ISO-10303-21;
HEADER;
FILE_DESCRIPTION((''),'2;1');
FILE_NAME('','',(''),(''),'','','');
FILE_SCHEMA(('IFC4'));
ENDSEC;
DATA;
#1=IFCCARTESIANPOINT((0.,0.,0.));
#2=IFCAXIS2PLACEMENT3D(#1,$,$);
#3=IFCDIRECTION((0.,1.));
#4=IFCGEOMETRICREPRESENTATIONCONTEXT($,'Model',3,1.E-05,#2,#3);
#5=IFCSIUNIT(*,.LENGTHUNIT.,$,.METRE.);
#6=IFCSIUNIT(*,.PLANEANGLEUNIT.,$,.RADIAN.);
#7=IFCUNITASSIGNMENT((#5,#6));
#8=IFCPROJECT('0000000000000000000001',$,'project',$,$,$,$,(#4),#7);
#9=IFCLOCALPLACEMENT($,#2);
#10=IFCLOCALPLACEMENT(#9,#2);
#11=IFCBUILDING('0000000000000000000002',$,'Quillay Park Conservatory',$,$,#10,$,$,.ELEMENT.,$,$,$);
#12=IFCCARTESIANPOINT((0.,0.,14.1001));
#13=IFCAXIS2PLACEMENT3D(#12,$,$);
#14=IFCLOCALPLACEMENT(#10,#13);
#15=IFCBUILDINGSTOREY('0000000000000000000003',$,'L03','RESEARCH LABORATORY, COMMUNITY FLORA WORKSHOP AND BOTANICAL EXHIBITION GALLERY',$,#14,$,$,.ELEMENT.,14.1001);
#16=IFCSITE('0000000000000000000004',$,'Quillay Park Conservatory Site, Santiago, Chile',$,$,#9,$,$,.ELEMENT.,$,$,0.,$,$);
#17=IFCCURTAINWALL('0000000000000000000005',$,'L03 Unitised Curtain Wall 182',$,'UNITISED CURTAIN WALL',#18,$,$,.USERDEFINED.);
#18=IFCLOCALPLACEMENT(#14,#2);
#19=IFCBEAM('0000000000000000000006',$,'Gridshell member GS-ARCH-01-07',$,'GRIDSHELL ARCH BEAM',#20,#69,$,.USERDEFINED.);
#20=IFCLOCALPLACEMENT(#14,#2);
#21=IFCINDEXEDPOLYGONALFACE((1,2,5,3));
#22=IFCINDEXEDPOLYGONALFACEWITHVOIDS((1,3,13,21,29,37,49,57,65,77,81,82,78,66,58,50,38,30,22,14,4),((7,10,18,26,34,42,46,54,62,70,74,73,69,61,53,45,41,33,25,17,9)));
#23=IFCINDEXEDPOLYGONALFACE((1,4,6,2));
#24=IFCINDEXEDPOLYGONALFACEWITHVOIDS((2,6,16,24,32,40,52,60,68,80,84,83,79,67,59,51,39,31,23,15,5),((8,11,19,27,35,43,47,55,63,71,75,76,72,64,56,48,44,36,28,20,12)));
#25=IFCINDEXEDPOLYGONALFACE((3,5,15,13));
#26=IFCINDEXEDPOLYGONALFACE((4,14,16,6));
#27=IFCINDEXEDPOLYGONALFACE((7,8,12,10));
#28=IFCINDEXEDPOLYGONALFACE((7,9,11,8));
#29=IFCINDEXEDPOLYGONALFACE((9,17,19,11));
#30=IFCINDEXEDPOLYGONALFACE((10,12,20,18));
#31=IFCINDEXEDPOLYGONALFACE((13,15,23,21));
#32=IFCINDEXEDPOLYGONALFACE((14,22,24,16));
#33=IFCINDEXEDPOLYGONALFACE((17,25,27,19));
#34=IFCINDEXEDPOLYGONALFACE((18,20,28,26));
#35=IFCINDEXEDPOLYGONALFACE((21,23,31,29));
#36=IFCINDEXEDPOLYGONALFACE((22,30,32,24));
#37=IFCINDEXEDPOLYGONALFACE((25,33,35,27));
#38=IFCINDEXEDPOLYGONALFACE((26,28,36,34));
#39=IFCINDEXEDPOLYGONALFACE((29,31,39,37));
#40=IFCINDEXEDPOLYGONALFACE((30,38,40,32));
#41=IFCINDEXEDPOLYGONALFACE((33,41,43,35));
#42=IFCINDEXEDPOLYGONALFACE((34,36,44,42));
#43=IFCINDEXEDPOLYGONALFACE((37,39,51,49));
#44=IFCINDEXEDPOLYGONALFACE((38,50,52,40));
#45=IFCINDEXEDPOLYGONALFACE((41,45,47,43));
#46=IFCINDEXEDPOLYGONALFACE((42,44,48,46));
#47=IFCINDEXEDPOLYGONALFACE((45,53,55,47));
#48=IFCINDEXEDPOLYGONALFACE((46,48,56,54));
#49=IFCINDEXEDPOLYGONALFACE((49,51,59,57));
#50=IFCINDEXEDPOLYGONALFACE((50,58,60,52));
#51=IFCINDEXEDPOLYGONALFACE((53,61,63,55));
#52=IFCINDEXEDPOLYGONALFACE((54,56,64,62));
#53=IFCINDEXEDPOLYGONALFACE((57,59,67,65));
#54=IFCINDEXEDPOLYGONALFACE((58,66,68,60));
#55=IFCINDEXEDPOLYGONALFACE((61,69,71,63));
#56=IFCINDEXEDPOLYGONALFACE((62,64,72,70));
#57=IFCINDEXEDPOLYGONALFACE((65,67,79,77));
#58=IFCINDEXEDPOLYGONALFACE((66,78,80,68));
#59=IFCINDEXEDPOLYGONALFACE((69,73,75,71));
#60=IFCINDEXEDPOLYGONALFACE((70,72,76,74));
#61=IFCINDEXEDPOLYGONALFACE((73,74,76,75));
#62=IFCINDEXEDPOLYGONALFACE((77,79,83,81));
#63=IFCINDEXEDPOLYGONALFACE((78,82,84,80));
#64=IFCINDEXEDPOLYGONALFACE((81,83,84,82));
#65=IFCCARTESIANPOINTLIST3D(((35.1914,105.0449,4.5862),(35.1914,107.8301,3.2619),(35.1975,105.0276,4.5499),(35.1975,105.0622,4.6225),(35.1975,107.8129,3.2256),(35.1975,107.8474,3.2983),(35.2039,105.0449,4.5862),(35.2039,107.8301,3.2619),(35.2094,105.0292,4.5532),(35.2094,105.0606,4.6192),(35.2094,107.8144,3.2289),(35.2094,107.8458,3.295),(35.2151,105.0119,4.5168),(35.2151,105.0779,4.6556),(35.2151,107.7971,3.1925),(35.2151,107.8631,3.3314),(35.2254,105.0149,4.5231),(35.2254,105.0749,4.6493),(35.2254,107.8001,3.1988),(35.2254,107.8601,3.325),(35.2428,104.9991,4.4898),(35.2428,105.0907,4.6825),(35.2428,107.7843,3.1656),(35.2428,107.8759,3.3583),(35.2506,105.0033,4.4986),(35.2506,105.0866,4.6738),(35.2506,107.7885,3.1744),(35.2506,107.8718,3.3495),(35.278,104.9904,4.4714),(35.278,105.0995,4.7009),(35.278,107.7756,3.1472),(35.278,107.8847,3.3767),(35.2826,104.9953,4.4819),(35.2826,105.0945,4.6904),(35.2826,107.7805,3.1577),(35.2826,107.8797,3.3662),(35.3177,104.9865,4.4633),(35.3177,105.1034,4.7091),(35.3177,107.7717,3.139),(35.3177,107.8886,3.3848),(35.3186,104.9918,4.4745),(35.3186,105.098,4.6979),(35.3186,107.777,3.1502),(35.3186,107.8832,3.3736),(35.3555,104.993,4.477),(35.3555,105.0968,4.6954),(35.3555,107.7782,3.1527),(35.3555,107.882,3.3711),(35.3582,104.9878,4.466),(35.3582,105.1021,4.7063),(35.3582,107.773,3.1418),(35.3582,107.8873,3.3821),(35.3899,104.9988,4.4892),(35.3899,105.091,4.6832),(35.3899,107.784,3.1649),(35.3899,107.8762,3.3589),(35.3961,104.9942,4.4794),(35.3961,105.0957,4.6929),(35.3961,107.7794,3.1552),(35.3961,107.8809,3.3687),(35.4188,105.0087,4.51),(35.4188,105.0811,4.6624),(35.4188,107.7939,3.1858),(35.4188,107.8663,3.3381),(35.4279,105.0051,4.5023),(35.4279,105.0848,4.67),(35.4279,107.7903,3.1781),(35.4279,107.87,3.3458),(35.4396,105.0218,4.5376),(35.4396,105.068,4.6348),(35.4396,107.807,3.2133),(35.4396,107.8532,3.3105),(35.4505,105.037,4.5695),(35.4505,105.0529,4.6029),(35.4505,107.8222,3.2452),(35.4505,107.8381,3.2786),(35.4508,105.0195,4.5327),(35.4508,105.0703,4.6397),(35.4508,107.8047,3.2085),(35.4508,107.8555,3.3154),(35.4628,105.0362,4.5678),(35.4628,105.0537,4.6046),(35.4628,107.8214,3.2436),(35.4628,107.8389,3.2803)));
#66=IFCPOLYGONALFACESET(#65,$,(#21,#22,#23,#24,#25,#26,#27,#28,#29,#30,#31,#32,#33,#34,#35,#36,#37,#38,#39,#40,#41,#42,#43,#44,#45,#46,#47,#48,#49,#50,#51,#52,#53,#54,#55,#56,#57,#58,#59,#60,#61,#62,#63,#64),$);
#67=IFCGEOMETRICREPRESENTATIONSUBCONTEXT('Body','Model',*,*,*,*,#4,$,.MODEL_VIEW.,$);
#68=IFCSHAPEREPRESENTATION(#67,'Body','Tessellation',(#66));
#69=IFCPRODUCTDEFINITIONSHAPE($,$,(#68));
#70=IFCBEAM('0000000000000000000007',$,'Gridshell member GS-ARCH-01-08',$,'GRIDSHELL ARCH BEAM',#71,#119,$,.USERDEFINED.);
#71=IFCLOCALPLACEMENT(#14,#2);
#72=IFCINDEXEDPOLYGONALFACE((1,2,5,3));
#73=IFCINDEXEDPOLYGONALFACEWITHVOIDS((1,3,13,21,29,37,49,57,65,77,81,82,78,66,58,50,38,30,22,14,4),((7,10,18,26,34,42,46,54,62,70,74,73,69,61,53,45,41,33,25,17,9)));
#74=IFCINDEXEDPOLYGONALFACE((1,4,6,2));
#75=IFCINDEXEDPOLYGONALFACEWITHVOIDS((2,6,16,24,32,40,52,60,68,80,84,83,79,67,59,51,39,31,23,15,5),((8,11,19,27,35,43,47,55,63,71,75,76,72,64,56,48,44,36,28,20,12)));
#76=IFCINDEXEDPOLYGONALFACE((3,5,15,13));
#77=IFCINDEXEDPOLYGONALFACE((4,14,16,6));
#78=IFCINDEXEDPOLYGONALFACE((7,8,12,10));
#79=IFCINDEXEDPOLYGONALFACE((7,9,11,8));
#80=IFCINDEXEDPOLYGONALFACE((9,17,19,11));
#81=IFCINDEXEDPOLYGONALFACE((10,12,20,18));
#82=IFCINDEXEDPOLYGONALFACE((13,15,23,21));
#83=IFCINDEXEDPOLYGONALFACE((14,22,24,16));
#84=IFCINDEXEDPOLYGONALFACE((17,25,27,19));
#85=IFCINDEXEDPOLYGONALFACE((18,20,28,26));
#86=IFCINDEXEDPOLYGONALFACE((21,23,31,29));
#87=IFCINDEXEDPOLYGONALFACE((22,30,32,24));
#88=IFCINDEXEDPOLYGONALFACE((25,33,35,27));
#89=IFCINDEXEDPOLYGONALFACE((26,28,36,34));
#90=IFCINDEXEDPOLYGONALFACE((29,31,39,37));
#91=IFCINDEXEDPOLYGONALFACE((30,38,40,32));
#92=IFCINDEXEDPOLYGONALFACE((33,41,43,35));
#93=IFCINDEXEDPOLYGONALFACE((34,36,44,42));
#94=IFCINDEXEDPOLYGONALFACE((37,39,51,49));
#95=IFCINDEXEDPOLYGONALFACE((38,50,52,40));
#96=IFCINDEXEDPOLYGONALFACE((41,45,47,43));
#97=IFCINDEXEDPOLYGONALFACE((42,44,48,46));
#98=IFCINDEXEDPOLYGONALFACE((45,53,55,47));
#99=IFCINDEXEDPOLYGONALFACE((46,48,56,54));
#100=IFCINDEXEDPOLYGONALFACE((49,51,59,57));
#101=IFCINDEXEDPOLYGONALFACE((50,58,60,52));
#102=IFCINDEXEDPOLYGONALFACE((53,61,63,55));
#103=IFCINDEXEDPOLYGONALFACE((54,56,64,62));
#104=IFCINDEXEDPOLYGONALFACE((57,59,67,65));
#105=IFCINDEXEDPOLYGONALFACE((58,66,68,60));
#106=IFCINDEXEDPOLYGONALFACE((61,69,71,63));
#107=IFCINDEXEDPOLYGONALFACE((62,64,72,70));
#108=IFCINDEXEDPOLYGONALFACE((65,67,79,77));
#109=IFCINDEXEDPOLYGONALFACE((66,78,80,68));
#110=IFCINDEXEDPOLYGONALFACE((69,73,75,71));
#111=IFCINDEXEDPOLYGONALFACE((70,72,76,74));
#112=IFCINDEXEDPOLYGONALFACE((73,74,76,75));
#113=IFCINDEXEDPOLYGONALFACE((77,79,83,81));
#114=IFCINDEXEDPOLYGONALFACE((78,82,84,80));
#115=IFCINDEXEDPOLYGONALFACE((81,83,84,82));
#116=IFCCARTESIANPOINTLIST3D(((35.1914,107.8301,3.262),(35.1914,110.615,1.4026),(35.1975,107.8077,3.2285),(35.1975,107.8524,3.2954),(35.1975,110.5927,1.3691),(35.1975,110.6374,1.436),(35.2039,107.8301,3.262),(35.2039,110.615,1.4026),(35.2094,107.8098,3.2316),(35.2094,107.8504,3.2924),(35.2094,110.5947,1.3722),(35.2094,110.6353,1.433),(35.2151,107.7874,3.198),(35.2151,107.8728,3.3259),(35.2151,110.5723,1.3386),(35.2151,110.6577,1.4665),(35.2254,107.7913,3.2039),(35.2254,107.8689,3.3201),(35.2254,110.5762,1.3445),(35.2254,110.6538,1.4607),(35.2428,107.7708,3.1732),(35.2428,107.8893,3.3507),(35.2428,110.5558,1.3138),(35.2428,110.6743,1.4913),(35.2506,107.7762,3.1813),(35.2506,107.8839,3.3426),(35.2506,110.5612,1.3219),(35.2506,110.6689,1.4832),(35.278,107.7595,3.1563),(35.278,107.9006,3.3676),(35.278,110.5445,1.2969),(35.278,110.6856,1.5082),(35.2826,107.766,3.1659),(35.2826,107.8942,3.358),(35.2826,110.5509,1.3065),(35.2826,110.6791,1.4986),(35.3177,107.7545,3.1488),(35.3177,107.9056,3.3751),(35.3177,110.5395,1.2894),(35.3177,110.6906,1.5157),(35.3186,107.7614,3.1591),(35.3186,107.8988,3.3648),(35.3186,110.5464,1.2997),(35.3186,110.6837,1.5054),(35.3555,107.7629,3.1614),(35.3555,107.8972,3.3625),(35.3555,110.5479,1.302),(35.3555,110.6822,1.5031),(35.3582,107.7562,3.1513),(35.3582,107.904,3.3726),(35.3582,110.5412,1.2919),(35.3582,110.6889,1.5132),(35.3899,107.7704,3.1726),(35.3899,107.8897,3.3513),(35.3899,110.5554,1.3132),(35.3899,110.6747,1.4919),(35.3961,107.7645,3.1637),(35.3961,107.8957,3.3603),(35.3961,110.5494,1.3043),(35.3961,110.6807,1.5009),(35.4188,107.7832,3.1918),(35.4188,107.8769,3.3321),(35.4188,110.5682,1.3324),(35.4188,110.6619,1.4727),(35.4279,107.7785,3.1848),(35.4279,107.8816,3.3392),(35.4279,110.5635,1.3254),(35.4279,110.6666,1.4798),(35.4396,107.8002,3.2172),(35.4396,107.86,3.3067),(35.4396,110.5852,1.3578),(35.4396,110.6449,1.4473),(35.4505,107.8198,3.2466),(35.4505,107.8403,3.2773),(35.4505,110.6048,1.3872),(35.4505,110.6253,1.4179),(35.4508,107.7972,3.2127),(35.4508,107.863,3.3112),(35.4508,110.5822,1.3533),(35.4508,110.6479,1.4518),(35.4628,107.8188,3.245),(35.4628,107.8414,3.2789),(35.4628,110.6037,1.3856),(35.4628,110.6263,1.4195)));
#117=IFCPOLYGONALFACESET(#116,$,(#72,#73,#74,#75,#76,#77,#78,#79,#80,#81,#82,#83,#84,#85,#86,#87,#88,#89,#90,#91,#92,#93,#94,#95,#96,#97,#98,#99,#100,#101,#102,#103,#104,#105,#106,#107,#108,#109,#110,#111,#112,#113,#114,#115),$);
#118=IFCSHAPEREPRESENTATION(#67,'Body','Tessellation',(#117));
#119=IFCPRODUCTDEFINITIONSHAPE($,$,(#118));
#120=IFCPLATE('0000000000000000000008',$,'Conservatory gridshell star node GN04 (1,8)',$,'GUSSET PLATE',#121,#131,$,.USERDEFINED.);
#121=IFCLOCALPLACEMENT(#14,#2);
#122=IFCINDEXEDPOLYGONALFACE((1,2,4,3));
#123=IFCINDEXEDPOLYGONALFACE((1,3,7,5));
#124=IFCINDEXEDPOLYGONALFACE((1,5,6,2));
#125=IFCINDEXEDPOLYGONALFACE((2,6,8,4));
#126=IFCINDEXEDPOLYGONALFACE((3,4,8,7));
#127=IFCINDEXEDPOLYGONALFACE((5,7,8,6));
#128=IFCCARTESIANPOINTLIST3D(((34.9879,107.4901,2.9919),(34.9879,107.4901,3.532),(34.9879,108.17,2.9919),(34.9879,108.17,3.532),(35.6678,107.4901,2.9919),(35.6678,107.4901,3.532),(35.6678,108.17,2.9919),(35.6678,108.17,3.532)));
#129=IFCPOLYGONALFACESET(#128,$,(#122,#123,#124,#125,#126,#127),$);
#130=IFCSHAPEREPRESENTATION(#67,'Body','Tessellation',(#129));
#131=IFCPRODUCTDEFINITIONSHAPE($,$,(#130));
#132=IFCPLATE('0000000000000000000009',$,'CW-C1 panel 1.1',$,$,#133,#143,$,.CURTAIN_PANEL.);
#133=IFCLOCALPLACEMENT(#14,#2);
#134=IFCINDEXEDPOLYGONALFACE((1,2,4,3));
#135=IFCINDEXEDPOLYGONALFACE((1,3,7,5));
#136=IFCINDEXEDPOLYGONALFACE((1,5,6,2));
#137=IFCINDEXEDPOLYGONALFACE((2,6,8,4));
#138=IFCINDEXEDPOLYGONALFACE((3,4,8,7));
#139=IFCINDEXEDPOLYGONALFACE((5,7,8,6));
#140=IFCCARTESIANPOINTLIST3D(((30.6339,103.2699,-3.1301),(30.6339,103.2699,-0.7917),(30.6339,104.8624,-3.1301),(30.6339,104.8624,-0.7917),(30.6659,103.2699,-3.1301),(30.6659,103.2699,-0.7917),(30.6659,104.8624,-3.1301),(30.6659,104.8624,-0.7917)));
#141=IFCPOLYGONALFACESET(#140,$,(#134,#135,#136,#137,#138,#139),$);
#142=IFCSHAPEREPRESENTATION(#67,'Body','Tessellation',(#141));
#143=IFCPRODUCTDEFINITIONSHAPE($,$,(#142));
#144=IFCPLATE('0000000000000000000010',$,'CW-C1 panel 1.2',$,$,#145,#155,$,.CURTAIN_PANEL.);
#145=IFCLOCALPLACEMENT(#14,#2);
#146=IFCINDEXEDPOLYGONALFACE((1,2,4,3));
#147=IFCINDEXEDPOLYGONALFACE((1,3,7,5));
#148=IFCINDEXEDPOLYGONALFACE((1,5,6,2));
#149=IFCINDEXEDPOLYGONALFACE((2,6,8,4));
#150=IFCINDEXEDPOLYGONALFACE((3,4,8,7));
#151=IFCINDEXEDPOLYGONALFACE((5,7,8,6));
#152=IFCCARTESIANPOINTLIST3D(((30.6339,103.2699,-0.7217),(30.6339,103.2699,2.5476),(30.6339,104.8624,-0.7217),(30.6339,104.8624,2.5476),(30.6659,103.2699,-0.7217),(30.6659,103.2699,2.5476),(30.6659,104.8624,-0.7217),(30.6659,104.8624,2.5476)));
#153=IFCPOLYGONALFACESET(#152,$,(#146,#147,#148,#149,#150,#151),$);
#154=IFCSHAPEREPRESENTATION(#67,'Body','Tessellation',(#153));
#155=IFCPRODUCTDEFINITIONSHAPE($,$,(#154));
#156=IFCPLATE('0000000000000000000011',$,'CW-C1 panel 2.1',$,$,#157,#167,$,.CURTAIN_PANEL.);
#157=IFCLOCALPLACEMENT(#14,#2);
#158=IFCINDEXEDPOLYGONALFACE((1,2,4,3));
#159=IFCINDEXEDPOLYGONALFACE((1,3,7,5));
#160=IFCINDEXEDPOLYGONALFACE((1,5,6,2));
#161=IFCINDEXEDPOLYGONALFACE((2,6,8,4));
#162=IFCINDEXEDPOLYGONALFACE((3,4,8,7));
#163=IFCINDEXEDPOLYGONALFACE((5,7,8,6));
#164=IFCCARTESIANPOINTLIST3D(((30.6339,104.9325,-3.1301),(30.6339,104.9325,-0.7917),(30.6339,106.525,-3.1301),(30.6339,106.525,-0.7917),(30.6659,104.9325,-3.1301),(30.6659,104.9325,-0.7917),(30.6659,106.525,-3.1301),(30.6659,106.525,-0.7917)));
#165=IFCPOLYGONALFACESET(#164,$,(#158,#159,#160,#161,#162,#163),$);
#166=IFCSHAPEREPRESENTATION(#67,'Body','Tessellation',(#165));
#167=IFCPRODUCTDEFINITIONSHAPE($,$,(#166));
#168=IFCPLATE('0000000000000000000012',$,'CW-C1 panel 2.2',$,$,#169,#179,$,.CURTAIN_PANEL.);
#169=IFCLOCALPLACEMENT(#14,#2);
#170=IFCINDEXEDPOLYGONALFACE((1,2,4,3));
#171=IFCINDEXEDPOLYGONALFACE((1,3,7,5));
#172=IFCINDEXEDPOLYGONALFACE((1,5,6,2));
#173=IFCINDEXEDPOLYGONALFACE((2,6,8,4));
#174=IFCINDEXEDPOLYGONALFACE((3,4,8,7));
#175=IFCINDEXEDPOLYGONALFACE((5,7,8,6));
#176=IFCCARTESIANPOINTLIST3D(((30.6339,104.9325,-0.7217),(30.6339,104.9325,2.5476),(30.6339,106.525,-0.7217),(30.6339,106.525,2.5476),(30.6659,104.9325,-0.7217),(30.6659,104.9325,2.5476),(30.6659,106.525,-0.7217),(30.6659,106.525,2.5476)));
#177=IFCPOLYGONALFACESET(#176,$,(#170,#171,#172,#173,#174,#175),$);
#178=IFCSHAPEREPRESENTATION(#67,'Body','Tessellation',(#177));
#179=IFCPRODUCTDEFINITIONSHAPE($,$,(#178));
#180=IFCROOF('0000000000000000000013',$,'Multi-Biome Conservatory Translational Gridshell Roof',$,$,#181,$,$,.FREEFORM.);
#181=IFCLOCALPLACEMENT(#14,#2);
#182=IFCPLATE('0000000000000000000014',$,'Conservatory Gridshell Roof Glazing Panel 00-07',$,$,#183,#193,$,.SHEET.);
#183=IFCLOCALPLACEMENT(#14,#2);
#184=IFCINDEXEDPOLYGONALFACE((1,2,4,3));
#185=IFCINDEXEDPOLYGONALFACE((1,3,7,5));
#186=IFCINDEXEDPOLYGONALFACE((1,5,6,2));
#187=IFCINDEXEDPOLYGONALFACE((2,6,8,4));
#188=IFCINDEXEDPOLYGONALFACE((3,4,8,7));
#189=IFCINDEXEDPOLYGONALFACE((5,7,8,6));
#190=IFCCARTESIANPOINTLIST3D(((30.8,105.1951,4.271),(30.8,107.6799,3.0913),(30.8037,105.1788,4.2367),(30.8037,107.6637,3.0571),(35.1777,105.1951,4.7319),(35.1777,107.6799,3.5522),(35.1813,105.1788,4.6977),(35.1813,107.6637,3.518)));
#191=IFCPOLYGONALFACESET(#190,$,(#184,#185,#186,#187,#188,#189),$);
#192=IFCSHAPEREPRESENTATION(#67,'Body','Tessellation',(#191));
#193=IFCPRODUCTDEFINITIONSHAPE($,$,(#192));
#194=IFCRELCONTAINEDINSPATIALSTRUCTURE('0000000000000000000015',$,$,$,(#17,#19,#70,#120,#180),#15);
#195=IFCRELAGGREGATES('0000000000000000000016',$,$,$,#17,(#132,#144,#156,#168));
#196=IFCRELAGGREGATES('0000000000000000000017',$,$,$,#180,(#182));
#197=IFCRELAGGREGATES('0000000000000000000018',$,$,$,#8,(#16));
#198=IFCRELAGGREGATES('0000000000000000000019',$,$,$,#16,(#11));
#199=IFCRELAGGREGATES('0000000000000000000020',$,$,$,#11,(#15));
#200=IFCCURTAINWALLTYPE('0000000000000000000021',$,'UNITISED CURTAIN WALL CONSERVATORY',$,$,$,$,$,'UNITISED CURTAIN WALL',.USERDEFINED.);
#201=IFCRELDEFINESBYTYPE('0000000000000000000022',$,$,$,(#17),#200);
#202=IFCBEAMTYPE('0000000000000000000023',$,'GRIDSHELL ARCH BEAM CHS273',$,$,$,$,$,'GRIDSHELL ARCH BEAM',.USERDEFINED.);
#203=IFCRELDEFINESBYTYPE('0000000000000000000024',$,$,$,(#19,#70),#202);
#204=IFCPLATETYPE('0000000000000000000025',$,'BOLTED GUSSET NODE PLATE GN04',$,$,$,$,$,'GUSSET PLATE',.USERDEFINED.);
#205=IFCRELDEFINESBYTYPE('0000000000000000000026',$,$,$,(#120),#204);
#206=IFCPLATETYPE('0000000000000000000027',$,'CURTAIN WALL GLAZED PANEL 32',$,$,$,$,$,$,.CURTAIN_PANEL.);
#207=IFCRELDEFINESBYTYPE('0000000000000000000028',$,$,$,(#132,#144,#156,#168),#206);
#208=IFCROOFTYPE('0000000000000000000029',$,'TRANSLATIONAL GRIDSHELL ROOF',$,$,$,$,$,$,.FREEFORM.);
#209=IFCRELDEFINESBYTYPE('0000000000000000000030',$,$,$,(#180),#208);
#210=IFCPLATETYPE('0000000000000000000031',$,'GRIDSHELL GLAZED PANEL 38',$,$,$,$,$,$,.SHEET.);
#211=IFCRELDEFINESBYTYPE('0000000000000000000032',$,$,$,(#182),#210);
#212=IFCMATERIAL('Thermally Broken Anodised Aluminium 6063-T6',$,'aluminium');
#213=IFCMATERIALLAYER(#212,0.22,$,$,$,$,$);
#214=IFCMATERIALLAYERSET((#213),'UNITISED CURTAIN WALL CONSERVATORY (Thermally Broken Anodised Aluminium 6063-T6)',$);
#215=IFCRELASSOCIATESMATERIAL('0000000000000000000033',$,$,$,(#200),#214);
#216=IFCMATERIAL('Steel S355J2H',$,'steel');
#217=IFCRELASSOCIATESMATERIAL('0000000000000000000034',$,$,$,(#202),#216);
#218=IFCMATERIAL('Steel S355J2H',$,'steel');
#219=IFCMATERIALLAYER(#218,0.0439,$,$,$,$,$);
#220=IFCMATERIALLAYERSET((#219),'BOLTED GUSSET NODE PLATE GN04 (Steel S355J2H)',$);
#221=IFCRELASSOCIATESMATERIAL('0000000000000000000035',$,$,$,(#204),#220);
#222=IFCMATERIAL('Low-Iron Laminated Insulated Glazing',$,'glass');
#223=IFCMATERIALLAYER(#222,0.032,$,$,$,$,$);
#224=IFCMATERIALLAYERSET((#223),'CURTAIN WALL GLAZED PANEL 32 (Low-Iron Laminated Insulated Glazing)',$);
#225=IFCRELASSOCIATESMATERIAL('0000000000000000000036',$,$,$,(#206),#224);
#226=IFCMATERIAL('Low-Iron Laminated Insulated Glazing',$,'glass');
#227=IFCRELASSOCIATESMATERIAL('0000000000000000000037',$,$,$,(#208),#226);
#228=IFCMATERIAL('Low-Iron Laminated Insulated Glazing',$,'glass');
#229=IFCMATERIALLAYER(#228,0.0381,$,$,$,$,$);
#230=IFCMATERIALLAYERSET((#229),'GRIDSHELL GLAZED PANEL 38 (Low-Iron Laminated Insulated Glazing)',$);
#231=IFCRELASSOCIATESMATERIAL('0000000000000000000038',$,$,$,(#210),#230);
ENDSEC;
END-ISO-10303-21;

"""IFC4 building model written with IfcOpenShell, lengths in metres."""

from ifc_helpers import new_model, si_unit, direction, frame, origin, origin_2d, place, context, subcontext, project, spatial, polyline, rectangle, hollow_circle, outline, extrude, material, layer, layer_set, material_profile, profile_set, type_object, element, aggregate, save


model = new_model("IFC4")

# Units and contexts
model_context = context("Model", 3, precision=1e-05, world=origin(), true_north=direction((0.0, 1.0)))
body_context = subcontext(model_context, "Body", "Model", "MODEL_VIEW")
ifc_project = project(units=[si_unit("LENGTHUNIT", "METRE"), si_unit("PLANEANGLEUNIT", "RADIAN")], contexts=[model_context])

# Site, building, storey
site_placement = place(None, origin())
site = spatial("IfcSite", under=ifc_project, at=site_placement, Name="Quillay Park Conservatory Site, Santiago, Chile", CompositionType="ELEMENT", RefElevation=0.0)
building_placement = place(site_placement, origin())
building = spatial("IfcBuilding", under=site, at=building_placement, Name="Quillay Park Conservatory", CompositionType="ELEMENT")
storey_placement = place(building_placement, frame((0.0, 0.0, 14.1001)))
storey = spatial("IfcBuildingStorey", under=building, at=storey_placement, Name="L03", Description="RESEARCH LABORATORY, COMMUNITY FLORA WORKSHOP AND BOTANICAL EXHIBITION GALLERY", CompositionType="ELEMENT", Elevation=14.1001)

# Curtain wall
ifc_material_1 = material(Name="Thermally Broken Anodised Aluminium 6063-T6", Category="aluminium")
ifc_layer_1 = layer(ifc_material_1, 0.22)
ifc_layer_set_1 = layer_set([ifc_layer_1], Name="UNITISED CURTAIN WALL CONSERVATORY (Thermally Broken Anodised Aluminium 6063-T6)")
curtain_wall_type = type_object("IfcCurtainWallType", Name="UNITISED CURTAIN WALL CONSERVATORY", ElementType="UNITISED CURTAIN WALL", PredefinedType="USERDEFINED", material=ifc_layer_set_1)
curtain_wall_1_placement = place(storey_placement, origin())
curtain_wall_1 = element("IfcCurtainWall", 1, at=curtain_wall_1_placement, inside=storey, type_object=curtain_wall_type, Name="L03 Unitised Curtain Wall 182", ObjectType="UNITISED CURTAIN WALL", PredefinedType="USERDEFINED")

# Beams
ifc_material_2 = material(Name="Steel S355J2H", Category="steel")
ifc_material_profile_1 = material_profile(ifc_material_2, hollow_circle(Radius=0.1365, WallThickness=0.0125, at=origin_2d()), Name="CHS273x12.5")
ifc_profile_set_1 = profile_set([ifc_material_profile_1], Name="Steel S355J2H")
beam_type = type_object("IfcBeamType", Name="GRIDSHELL ARCH BEAM CHS273", ElementType="GRIDSHELL ARCH BEAM", PredefinedType="USERDEFINED", material=ifc_profile_set_1)
beam_1_placement = place(storey_placement, frame((35.3279, 105.0449, 4.5862), z_axis=(0.0, 0.903118, -0.429393), x_axis=(-1.0, 0.0, 0.0)))
element("IfcBeam", 2, at=beam_1_placement, inside=storey, type_object=beam_type, Name="Gridshell member GS-ARCH-01-07", ObjectType="GRIDSHELL ARCH BEAM", PredefinedType="USERDEFINED", context=body_context, shape_type="SweptSolid", body=[
    extrude(hollow_circle(Radius=0.1365, WallThickness=0.0125, at=origin_2d()), origin(), (0.0, 0.0, 1.0), 3.084),
])
beam_2_placement = place(storey_placement, frame((35.3279, 107.8301, 3.262), z_axis=(0.0, 0.831669, -0.555272), x_axis=(-1.0, 0.0, 0.0)))
element("IfcBeam", 3, at=beam_2_placement, inside=storey, type_object=beam_type, Name="Gridshell member GS-ARCH-01-08", ObjectType="GRIDSHELL ARCH BEAM", PredefinedType="USERDEFINED", context=body_context, shape_type="SweptSolid", body=[
    extrude(hollow_circle(Radius=0.1365, WallThickness=0.0125, at=origin_2d()), origin(), (0.0, 0.0, 1.0), 3.3486),
])

# Plates
ifc_material_3 = material(Name="Steel S355J2H", Category="steel")
ifc_layer_2 = layer(ifc_material_3, 0.0439)
ifc_layer_set_2 = layer_set([ifc_layer_2], Name="BOLTED GUSSET NODE PLATE GN04 (Steel S355J2H)")
plate_type_1 = type_object("IfcPlateType", Name="BOLTED GUSSET NODE PLATE GN04", ElementType="GUSSET PLATE", PredefinedType="USERDEFINED", material=ifc_layer_set_2)
plate_1_placement = place(storey_placement, frame((35.3279, 107.8301, 2.9919), z_axis=(0.0, 0.0, 1.0), x_axis=(1.0, 0.0, 0.0)))
element("IfcPlate", 4, at=plate_1_placement, inside=storey, type_object=plate_type_1, Name="Conservatory gridshell star node GN04 (1,8)", ObjectType="GUSSET PLATE", PredefinedType="USERDEFINED", context=body_context, shape_type="SweptSolid", body=[
    extrude(rectangle(XDim=0.6799, YDim=0.6799, at=origin_2d()), origin(), (0.0, 0.0, 1.0), 0.54),
])
ifc_material_4 = material(Name="Low-Iron Laminated Insulated Glazing", Category="glass")
ifc_layer_3 = layer(ifc_material_4, 0.032)
ifc_layer_set_3 = layer_set([ifc_layer_3], Name="CURTAIN WALL GLAZED PANEL 32 (Low-Iron Laminated Insulated Glazing)")
plate_type_2 = type_object("IfcPlateType", Name="CURTAIN WALL GLAZED PANEL 32", PredefinedType="CURTAIN_PANEL", material=ifc_layer_set_3)
plate_2_placement = place(storey_placement, frame((30.6499, 104.0662, -3.1301), z_axis=(0.0, 0.0, 1.0), x_axis=(0.0, 1.0, 0.0)))
plate_2 = element("IfcPlate", 5, at=plate_2_placement, type_object=plate_type_2, Name="CW-C1 panel 1.1", PredefinedType="CURTAIN_PANEL", context=body_context, shape_type="SweptSolid", body=[
    extrude(rectangle(XDim=1.5925, YDim=0.032, at=origin_2d()), origin(), (0.0, 0.0, 1.0), 2.3384),
])
plate_3_placement = place(storey_placement, frame((30.6499, 104.0662, -0.7217), z_axis=(0.0, 0.0, 1.0), x_axis=(0.0, 1.0, 0.0)))
plate_3 = element("IfcPlate", 6, at=plate_3_placement, type_object=plate_type_2, Name="CW-C1 panel 1.2", PredefinedType="CURTAIN_PANEL", context=body_context, shape_type="SweptSolid", body=[
    extrude(rectangle(XDim=1.5925, YDim=0.032, at=origin_2d()), origin(), (0.0, 0.0, 1.0), 3.2693),
])
plate_4_placement = place(storey_placement, frame((30.6499, 105.7288, -3.1301), z_axis=(0.0, 0.0, 1.0), x_axis=(0.0, 1.0, 0.0)))
plate_4 = element("IfcPlate", 7, at=plate_4_placement, type_object=plate_type_2, Name="CW-C1 panel 2.1", PredefinedType="CURTAIN_PANEL", context=body_context, shape_type="SweptSolid", body=[
    extrude(rectangle(XDim=1.5925, YDim=0.032, at=origin_2d()), origin(), (0.0, 0.0, 1.0), 2.3384),
])
plate_5_placement = place(storey_placement, frame((30.6499, 105.7288, -0.7217), z_axis=(0.0, 0.0, 1.0), x_axis=(0.0, 1.0, 0.0)))
plate_5 = element("IfcPlate", 8, at=plate_5_placement, type_object=plate_type_2, Name="CW-C1 panel 2.2", PredefinedType="CURTAIN_PANEL", context=body_context, shape_type="SweptSolid", body=[
    extrude(rectangle(XDim=1.5925, YDim=0.032, at=origin_2d()), origin(), (0.0, 0.0, 1.0), 3.2693),
])
aggregate(curtain_wall_1, [plate_2, plate_3, plate_4, plate_5])

# Roof, plate
ifc_material_5 = material(Name="Low-Iron Laminated Insulated Glazing", Category="glass")
roof_type = type_object("IfcRoofType", Name="TRANSLATIONAL GRIDSHELL ROOF", PredefinedType="FREEFORM", material=ifc_material_5)
roof_placement = place(storey_placement, origin())
roof = element("IfcRoof", 9, at=roof_placement, inside=storey, type_object=roof_type, Name="Multi-Biome Conservatory Translational Gridshell Roof", PredefinedType="FREEFORM")
ifc_material_6 = material(Name="Low-Iron Laminated Insulated Glazing", Category="glass")
ifc_layer_4 = layer(ifc_material_6, 0.0381)
ifc_layer_set_4 = layer_set([ifc_layer_4], Name="GRIDSHELL GLAZED PANEL 38 (Low-Iron Laminated Insulated Glazing)")
plate_type_3 = type_object("IfcPlateType", Name="GRIDSHELL GLAZED PANEL 38", PredefinedType="SHEET", material=ifc_layer_set_4)
plate_6_placement = place(storey_placement, frame((30.8, 105.1951, 4.271), z_axis=(-0.09469, 0.426945, 0.899306), x_axis=(0.994502, 0.0, 0.104714)))
plate_6 = element("IfcPlate", 10, at=plate_6_placement, type_object=plate_type_3, Name="Conservatory Gridshell Roof Glazing Panel 00-07", PredefinedType="SHEET", context=body_context, shape_type="SweptSolid", body=[
    extrude(outline(polyline([(0.0, 0.0), (4.4019, 0.0), (4.2784, 2.7479), (-0.1235, 2.7479), (0.0, 0.0)])), origin(), (0.0, 0.0, -1.0), 0.0381),
])
aggregate(roof, [plate_6])

save(model, "model.ifc")
